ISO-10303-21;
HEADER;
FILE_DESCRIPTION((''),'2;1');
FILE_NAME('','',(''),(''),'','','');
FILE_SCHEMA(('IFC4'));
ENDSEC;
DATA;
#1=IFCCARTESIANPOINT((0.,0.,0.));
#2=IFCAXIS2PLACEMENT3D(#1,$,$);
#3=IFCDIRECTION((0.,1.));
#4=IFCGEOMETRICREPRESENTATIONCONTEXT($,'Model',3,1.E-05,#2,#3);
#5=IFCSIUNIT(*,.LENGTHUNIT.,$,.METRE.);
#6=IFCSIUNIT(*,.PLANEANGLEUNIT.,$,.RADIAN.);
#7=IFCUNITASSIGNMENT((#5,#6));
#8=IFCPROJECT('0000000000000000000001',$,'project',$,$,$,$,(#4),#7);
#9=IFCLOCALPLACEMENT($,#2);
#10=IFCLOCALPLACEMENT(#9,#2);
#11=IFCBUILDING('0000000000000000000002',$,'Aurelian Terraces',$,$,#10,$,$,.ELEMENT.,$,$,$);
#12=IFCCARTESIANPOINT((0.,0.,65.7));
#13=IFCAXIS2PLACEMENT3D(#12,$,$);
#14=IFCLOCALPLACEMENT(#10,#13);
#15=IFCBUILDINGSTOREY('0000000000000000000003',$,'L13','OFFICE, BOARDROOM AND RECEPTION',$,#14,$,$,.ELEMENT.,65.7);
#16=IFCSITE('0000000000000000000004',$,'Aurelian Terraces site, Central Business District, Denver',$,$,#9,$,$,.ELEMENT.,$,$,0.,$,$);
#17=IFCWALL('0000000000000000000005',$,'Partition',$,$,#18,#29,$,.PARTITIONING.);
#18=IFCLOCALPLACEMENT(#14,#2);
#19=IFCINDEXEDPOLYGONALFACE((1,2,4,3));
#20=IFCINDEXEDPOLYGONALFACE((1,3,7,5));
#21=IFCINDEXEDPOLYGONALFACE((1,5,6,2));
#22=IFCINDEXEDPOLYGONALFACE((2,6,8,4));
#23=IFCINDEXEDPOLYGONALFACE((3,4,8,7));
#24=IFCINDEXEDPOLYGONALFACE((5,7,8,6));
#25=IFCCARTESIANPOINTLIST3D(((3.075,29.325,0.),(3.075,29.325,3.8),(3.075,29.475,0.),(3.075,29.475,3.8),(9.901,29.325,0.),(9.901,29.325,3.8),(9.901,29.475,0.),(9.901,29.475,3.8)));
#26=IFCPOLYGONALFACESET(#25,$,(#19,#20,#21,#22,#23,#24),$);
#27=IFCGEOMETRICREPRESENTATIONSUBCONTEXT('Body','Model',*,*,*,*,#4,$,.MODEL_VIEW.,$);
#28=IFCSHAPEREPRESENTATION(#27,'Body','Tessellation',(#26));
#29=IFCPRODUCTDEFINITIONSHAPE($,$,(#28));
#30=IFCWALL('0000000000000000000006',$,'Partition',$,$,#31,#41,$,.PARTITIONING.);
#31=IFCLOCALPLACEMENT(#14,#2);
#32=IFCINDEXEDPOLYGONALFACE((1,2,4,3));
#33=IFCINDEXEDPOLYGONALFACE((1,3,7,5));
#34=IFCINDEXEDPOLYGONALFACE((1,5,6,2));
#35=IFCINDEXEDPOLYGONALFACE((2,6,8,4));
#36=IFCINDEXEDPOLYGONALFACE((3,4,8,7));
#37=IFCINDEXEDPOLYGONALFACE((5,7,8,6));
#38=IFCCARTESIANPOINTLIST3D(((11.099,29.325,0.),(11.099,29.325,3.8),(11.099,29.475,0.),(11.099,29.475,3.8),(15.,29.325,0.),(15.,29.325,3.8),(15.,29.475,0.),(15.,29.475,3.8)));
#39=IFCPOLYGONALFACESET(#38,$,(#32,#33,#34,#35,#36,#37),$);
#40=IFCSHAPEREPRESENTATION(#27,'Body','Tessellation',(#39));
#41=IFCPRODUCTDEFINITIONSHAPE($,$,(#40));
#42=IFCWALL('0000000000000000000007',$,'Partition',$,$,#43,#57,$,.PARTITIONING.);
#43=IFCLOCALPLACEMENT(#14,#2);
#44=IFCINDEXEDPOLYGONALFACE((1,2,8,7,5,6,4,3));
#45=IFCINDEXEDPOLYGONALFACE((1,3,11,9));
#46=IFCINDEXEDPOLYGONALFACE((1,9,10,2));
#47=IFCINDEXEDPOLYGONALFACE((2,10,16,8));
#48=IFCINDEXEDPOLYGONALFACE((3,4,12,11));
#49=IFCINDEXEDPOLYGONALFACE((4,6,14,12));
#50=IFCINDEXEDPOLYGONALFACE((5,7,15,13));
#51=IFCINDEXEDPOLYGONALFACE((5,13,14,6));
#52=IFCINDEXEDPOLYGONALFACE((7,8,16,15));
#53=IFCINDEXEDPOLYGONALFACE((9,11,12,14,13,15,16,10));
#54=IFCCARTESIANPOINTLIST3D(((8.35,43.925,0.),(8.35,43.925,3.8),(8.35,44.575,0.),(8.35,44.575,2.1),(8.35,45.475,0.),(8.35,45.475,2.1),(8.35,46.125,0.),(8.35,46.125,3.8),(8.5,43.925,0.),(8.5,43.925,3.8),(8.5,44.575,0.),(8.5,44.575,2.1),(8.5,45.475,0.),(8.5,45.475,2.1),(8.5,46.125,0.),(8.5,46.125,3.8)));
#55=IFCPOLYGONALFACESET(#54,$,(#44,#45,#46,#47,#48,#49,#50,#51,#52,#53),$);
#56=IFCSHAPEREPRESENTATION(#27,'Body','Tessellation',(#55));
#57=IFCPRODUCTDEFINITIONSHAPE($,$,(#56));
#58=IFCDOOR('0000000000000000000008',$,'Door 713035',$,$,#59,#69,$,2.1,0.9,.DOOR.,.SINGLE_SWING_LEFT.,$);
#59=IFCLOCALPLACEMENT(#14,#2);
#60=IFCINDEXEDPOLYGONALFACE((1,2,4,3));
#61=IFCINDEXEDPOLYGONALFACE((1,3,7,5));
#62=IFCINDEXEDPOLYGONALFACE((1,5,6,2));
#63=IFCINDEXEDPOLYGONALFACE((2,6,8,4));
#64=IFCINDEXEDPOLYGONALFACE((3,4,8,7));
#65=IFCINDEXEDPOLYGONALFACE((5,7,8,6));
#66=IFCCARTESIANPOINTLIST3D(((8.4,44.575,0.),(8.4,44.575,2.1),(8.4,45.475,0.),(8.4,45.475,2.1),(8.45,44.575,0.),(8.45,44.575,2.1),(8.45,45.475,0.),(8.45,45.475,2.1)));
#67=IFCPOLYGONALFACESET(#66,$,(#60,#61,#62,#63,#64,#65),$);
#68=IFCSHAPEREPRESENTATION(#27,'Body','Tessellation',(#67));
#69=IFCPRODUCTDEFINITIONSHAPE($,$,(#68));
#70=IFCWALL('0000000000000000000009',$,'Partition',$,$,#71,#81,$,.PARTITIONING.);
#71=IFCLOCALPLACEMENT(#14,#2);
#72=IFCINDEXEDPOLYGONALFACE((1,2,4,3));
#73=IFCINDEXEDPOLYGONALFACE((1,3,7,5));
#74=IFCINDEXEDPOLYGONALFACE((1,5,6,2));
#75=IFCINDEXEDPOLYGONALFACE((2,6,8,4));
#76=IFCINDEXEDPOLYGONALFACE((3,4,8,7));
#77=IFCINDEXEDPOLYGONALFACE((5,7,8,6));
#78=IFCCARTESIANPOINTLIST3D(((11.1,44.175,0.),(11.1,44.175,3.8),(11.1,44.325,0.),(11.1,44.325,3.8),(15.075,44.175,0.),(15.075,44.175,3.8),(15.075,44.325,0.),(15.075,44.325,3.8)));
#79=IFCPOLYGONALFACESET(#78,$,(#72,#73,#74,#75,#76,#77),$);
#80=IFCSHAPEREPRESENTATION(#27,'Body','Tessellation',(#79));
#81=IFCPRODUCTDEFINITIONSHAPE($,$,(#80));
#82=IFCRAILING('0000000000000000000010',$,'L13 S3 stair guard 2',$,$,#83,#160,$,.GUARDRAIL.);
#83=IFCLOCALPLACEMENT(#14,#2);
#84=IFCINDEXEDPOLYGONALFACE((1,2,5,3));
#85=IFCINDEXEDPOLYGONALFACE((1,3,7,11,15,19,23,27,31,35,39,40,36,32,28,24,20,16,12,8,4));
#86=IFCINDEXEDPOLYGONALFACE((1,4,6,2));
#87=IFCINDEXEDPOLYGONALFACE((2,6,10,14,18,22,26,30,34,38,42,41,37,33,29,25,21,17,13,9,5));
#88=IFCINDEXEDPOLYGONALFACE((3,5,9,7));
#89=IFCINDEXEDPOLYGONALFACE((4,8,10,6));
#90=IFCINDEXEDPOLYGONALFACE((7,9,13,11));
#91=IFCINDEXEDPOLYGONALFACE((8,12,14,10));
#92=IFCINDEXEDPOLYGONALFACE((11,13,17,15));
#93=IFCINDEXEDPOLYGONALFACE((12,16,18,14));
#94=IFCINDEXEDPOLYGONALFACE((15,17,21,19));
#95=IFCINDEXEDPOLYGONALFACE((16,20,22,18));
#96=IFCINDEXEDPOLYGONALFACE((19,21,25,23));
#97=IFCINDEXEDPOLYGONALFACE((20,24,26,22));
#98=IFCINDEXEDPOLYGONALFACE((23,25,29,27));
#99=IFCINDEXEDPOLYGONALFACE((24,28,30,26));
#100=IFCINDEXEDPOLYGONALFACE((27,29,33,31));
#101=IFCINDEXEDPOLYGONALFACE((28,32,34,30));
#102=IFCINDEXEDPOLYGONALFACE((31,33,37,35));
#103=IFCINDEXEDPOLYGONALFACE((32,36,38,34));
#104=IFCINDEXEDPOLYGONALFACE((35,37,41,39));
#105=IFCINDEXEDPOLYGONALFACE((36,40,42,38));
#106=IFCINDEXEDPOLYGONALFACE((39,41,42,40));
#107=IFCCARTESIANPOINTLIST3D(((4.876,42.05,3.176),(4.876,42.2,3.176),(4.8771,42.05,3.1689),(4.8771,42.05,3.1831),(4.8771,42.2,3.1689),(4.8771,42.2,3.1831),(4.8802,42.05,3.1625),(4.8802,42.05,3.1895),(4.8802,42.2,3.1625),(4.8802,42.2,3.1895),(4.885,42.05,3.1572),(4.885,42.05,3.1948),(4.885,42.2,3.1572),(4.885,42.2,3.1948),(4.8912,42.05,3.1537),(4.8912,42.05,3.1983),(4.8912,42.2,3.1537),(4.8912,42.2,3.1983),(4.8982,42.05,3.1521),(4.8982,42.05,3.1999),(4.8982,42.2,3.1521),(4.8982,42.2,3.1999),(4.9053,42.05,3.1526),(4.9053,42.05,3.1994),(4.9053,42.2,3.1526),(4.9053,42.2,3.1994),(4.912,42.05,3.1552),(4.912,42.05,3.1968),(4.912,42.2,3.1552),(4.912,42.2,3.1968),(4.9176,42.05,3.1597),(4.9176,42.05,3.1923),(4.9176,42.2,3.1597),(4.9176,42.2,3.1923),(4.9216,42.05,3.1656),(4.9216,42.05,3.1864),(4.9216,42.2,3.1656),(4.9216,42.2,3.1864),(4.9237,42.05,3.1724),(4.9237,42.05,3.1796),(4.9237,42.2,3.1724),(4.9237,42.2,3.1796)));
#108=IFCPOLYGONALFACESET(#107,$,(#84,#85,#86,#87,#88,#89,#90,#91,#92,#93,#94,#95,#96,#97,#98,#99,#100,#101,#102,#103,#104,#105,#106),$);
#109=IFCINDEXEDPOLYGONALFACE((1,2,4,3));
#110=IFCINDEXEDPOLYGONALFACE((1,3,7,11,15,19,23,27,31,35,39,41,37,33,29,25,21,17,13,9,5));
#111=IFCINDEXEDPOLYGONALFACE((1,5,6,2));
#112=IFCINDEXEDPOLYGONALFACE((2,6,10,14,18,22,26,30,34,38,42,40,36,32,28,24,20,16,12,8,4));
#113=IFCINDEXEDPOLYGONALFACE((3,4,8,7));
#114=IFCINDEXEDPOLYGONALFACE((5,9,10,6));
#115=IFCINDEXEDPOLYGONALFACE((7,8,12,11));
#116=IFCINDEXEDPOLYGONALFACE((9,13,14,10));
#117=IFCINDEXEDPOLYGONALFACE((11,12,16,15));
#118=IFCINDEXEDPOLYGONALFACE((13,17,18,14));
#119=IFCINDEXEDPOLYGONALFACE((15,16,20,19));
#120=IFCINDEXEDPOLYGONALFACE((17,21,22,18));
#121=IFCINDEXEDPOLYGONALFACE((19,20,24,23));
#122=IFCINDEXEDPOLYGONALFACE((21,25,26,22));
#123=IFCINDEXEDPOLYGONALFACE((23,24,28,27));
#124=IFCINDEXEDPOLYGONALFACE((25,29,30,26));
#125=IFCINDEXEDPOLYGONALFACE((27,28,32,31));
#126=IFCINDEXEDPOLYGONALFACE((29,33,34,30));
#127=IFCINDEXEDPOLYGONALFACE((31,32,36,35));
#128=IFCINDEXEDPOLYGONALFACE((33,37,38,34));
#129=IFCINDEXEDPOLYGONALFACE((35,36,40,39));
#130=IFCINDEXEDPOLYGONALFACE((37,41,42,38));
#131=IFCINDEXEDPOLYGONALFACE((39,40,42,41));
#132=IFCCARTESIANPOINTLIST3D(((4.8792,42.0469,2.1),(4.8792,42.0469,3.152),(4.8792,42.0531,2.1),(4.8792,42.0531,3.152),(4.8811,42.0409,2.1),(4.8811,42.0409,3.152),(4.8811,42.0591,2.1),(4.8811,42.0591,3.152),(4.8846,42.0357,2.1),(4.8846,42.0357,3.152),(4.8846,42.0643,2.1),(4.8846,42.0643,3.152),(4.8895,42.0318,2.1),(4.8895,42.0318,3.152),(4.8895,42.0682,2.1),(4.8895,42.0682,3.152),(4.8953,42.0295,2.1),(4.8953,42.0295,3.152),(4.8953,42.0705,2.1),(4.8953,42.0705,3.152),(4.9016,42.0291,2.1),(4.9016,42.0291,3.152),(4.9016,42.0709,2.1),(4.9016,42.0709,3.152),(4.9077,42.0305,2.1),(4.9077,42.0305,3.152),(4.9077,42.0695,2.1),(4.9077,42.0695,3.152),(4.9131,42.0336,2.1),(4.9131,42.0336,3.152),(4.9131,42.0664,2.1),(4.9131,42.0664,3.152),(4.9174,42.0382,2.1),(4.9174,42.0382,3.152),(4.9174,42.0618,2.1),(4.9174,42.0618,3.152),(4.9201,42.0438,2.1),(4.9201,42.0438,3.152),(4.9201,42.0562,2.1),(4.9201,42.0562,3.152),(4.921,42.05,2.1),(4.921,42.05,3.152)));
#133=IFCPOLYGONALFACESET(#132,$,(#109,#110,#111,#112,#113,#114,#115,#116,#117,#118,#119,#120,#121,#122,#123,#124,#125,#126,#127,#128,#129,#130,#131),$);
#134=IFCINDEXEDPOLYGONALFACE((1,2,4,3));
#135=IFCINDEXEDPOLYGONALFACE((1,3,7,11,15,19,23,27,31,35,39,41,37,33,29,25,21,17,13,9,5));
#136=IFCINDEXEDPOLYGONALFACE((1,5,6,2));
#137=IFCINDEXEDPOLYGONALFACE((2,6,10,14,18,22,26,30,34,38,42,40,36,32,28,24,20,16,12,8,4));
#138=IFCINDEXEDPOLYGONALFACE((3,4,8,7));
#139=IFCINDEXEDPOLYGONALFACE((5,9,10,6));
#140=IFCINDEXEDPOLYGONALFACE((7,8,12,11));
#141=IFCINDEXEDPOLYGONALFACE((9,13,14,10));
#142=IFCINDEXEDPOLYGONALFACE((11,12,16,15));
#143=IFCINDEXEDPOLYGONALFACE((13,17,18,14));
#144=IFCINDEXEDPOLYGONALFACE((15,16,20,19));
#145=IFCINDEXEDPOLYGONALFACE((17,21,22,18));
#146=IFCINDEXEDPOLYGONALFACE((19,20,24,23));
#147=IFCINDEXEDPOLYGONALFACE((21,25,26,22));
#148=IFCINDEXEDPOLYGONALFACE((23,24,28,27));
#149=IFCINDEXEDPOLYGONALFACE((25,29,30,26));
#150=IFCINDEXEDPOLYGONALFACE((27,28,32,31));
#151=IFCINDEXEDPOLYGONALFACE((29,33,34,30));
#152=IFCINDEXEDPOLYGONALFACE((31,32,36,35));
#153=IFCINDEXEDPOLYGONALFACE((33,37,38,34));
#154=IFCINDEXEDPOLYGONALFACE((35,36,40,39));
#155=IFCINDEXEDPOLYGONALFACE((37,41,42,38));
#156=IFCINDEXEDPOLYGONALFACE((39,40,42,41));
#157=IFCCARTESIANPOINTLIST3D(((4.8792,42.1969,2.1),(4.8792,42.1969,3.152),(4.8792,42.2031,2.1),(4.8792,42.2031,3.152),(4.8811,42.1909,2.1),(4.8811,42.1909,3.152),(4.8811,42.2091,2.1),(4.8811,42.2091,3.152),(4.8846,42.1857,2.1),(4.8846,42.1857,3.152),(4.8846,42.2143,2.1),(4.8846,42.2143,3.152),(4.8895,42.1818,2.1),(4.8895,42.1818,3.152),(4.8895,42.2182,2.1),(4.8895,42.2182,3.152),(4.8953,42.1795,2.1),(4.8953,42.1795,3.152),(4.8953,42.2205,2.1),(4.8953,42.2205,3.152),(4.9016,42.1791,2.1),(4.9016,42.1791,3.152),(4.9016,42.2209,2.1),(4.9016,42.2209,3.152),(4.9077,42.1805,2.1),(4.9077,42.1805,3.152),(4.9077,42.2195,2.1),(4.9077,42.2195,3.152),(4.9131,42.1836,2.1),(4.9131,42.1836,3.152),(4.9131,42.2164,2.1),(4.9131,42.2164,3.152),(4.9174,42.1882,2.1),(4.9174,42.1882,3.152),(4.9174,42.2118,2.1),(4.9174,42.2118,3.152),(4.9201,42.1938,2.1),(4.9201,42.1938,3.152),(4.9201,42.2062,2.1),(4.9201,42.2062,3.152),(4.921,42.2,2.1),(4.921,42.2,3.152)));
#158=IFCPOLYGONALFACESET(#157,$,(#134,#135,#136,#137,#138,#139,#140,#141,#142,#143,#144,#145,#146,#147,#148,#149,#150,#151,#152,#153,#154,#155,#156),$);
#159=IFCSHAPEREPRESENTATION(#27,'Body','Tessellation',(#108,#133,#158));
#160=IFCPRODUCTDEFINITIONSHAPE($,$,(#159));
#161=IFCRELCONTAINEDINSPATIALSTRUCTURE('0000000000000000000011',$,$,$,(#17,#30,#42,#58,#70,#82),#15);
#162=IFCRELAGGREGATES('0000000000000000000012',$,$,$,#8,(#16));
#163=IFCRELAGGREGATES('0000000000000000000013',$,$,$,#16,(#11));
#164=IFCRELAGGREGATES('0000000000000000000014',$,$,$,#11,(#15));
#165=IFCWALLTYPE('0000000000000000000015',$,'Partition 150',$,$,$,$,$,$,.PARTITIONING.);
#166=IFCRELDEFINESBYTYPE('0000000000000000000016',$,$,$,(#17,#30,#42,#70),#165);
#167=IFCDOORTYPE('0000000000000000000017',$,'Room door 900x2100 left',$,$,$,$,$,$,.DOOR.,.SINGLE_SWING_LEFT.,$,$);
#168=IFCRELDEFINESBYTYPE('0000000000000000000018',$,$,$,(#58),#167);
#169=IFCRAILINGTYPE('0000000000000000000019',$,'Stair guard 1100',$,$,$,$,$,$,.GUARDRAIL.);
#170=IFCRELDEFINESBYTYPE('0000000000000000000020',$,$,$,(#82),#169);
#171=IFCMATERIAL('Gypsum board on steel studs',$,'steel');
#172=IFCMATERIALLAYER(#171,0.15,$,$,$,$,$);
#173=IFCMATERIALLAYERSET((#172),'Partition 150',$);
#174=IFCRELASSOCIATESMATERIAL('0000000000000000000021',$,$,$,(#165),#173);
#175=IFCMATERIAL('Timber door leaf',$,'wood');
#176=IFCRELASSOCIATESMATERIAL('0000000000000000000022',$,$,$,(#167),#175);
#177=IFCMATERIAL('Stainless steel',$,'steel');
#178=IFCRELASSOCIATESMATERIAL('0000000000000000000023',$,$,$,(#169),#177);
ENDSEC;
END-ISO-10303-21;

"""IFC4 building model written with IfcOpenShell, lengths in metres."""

from ifc_helpers import new_model, si_unit, direction, frame, frame_2d, origin, origin_2d, place, context, subcontext, project, spatial, rectangle, circle, extrude, source, transform, mapped, material, layer, layer_set, type_object, element, fill, save


model = new_model("IFC4")

# Units and contexts
model_context = context("Model", 3, precision=1e-05, world=origin(), true_north=direction((0.0, 1.0)))
body_context = subcontext(model_context, "Body", "Model", "MODEL_VIEW")
ifc_project = project(units=[si_unit("LENGTHUNIT", "METRE"), si_unit("PLANEANGLEUNIT", "RADIAN")], contexts=[model_context])

# Site, building, storey
site_placement = place(None, origin())
site = spatial("IfcSite", under=ifc_project, at=site_placement, Name="Aurelian Terraces site, Central Business District, Denver", CompositionType="ELEMENT", RefElevation=0.0)
building_placement = place(site_placement, origin())
building = spatial("IfcBuilding", under=site, at=building_placement, Name="Aurelian Terraces", CompositionType="ELEMENT")
storey_placement = place(building_placement, frame((0.0, 0.0, 65.7)))
storey = spatial("IfcBuildingStorey", under=building, at=storey_placement, Name="L13", Description="OFFICE, BOARDROOM AND RECEPTION", CompositionType="ELEMENT", Elevation=65.7)

# Shared definitions
ifc_material_1 = material(Name="Gypsum board on steel studs", Category="steel")
shared_shape_1 = source(origin(), body_context, "Body", "SweptSolid", [
    extrude(rectangle(XDim=0.9, YDim=2.1, at=frame_2d((0.45, 1.05))), frame((0.0, 0.025, 0.0), z_axis=(0.0, -1.0, 0.0), x_axis=(1.0, 0.0, 0.0)), (0.0, 0.0, 1.0), 0.05),
])

# Shared definitions
ifc_layer_1 = layer(ifc_material_1, 0.15)
ifc_layer_set_1 = layer_set([ifc_layer_1], Name="Partition 150")
wall_type_1 = type_object("IfcWallType", Name="Partition 150", PredefinedType="PARTITIONING", material=ifc_layer_set_1)

# Shared definitions
shared_shape_2 = source(origin(), body_context, "Body", "SweptSolid", [
    extrude(rectangle(XDim=0.9, YDim=2.1, at=frame_2d((0.45, 1.05))), frame((0.0, 0.085, 0.0), z_axis=(0.0, -1.0, 0.0), x_axis=(1.0, 0.0, 0.0)), (0.0, 0.0, 1.0), 0.17),
])
ifc_material_2 = material(Name="Timber door leaf", Category="wood")
door_type_1 = type_object("IfcDoorType", Name="Room door 900x2100 left", OperationType="SINGLE_SWING_LEFT", PredefinedType="DOOR", material=ifc_material_2)

# Walls
shared_shape_3 = source(origin(), body_context, "Body", "SweptSolid", [
    extrude(rectangle(XDim=6.826, YDim=0.15, at=frame_2d((3.413, 0.0))), origin(), (0.0, 0.0, 1.0), 3.8),
])
wall_1_placement = place(storey_placement, frame((9.901, 29.4, 0.0), z_axis=(0.0, 0.0, 1.0), x_axis=(-1.0, 0.0, 0.0)))
element("IfcWall", 1, at=wall_1_placement, inside=storey, type_object=wall_type_1, Name="Partition", PredefinedType="PARTITIONING", context=body_context, shape_type="MappedRepresentation", body=[
    mapped(shared_shape_3, transform((0.0, 0.0, 0.0), scale=1.0)),
])
shared_shape_4 = source(origin(), body_context, "Body", "SweptSolid", [
    extrude(rectangle(XDim=3.901, YDim=0.15, at=frame_2d((1.9505, 0.0))), origin(), (0.0, 0.0, 1.0), 3.8),
])
wall_2_placement = place(storey_placement, frame((15.0, 29.4, 0.0), z_axis=(0.0, 0.0, 1.0), x_axis=(-1.0, 0.0, 0.0)))
element("IfcWall", 2, at=wall_2_placement, inside=storey, type_object=wall_type_1, Name="Partition", PredefinedType="PARTITIONING", context=body_context, shape_type="MappedRepresentation", body=[
    mapped(shared_shape_4, transform((0.0, 0.0, 0.0), scale=1.0)),
])

# Wall, opening, door
shared_shape_5 = source(origin(), body_context, "Body", "SweptSolid", [
    extrude(rectangle(XDim=2.2, YDim=0.15, at=frame_2d((1.1, 0.0))), origin(), (0.0, 0.0, 1.0), 3.8),
])
wall_3_placement = place(storey_placement, frame((8.425, 43.925, 0.0), z_axis=(0.0, 0.0, 1.0), x_axis=(0.0, 1.0, 0.0)))
wall_3 = element("IfcWall", 3, at=wall_3_placement, inside=storey, type_object=wall_type_1, Name="Partition", PredefinedType="PARTITIONING", context=body_context, shape_type="MappedRepresentation", body=[
    mapped(shared_shape_5, transform((0.0, 0.0, 0.0), scale=1.0)),
])
opening_1_placement = place(wall_3_placement, frame((0.65, 0.0, 0.0)))
opening_1 = element("IfcOpeningElement", 4, at=opening_1_placement, cuts=wall_3, PredefinedType="OPENING", context=body_context, shape_type="MappedRepresentation", body=[
    mapped(shared_shape_2, transform((0.0, 0.0, 0.0), scale=1.0)),
])
door_1_placement = place(opening_1_placement, origin())
door_1 = element("IfcDoor", 5, at=door_1_placement, inside=storey, type_object=door_type_1, Name="Door 713035", OperationType="SINGLE_SWING_LEFT", OverallHeight=2.1, OverallWidth=0.9, PredefinedType="DOOR", context=body_context, shape_type="MappedRepresentation", body=[
    mapped(shared_shape_1, transform((0.0, 0.0, 0.0), scale=1.0)),
])
fill(opening_1, door_1)

# Wall
shared_shape_6 = source(origin(), body_context, "Body", "SweptSolid", [
    extrude(rectangle(XDim=3.975, YDim=0.15, at=frame_2d((1.9875, 0.0))), origin(), (0.0, 0.0, 1.0), 3.8),
])
wall_4_placement = place(storey_placement, frame((15.075, 44.25, 0.0), z_axis=(0.0, 0.0, 1.0), x_axis=(-1.0, 0.0, 0.0)))
element("IfcWall", 6, at=wall_4_placement, inside=storey, type_object=wall_type_1, Name="Partition", PredefinedType="PARTITIONING", context=body_context, shape_type="MappedRepresentation", body=[
    mapped(shared_shape_6, transform((0.0, 0.0, 0.0), scale=1.0)),
])

# Railing
ifc_material_3 = material(Name="Stainless steel", Category="steel")
railing_type = type_object("IfcRailingType", Name="Stair guard 1100", PredefinedType="GUARDRAIL", material=ifc_material_3)
shared_shape_7 = source(origin(), body_context, "Body", "SweptSolid", [
    extrude(circle(Radius=0.024, at=origin_2d()), frame((0.0, 0.0, 1.076), z_axis=(0.0, 1.0, 0.0), x_axis=(-1.0, 0.0, 0.0)), (0.0, 0.0, 1.0), 0.15),
    extrude(circle(Radius=0.021, at=origin_2d()), origin(), (0.0, 0.0, 1.0), 1.052),
    extrude(circle(Radius=0.021, at=origin_2d()), frame((0.0, 0.15, 0.0)), (0.0, 0.0, 1.0), 1.052),
])
railing_placement = place(storey_placement, frame((4.9, 42.05, 2.1)))
element("IfcRailing", 7, at=railing_placement, inside=storey, type_object=railing_type, Name="L13 S3 stair guard 2", PredefinedType="GUARDRAIL", context=body_context, shape_type="MappedRepresentation", body=[
    mapped(shared_shape_7, transform((0.0, 0.0, 0.0), scale=1.0)),
])

save(model, "model.ifc")
